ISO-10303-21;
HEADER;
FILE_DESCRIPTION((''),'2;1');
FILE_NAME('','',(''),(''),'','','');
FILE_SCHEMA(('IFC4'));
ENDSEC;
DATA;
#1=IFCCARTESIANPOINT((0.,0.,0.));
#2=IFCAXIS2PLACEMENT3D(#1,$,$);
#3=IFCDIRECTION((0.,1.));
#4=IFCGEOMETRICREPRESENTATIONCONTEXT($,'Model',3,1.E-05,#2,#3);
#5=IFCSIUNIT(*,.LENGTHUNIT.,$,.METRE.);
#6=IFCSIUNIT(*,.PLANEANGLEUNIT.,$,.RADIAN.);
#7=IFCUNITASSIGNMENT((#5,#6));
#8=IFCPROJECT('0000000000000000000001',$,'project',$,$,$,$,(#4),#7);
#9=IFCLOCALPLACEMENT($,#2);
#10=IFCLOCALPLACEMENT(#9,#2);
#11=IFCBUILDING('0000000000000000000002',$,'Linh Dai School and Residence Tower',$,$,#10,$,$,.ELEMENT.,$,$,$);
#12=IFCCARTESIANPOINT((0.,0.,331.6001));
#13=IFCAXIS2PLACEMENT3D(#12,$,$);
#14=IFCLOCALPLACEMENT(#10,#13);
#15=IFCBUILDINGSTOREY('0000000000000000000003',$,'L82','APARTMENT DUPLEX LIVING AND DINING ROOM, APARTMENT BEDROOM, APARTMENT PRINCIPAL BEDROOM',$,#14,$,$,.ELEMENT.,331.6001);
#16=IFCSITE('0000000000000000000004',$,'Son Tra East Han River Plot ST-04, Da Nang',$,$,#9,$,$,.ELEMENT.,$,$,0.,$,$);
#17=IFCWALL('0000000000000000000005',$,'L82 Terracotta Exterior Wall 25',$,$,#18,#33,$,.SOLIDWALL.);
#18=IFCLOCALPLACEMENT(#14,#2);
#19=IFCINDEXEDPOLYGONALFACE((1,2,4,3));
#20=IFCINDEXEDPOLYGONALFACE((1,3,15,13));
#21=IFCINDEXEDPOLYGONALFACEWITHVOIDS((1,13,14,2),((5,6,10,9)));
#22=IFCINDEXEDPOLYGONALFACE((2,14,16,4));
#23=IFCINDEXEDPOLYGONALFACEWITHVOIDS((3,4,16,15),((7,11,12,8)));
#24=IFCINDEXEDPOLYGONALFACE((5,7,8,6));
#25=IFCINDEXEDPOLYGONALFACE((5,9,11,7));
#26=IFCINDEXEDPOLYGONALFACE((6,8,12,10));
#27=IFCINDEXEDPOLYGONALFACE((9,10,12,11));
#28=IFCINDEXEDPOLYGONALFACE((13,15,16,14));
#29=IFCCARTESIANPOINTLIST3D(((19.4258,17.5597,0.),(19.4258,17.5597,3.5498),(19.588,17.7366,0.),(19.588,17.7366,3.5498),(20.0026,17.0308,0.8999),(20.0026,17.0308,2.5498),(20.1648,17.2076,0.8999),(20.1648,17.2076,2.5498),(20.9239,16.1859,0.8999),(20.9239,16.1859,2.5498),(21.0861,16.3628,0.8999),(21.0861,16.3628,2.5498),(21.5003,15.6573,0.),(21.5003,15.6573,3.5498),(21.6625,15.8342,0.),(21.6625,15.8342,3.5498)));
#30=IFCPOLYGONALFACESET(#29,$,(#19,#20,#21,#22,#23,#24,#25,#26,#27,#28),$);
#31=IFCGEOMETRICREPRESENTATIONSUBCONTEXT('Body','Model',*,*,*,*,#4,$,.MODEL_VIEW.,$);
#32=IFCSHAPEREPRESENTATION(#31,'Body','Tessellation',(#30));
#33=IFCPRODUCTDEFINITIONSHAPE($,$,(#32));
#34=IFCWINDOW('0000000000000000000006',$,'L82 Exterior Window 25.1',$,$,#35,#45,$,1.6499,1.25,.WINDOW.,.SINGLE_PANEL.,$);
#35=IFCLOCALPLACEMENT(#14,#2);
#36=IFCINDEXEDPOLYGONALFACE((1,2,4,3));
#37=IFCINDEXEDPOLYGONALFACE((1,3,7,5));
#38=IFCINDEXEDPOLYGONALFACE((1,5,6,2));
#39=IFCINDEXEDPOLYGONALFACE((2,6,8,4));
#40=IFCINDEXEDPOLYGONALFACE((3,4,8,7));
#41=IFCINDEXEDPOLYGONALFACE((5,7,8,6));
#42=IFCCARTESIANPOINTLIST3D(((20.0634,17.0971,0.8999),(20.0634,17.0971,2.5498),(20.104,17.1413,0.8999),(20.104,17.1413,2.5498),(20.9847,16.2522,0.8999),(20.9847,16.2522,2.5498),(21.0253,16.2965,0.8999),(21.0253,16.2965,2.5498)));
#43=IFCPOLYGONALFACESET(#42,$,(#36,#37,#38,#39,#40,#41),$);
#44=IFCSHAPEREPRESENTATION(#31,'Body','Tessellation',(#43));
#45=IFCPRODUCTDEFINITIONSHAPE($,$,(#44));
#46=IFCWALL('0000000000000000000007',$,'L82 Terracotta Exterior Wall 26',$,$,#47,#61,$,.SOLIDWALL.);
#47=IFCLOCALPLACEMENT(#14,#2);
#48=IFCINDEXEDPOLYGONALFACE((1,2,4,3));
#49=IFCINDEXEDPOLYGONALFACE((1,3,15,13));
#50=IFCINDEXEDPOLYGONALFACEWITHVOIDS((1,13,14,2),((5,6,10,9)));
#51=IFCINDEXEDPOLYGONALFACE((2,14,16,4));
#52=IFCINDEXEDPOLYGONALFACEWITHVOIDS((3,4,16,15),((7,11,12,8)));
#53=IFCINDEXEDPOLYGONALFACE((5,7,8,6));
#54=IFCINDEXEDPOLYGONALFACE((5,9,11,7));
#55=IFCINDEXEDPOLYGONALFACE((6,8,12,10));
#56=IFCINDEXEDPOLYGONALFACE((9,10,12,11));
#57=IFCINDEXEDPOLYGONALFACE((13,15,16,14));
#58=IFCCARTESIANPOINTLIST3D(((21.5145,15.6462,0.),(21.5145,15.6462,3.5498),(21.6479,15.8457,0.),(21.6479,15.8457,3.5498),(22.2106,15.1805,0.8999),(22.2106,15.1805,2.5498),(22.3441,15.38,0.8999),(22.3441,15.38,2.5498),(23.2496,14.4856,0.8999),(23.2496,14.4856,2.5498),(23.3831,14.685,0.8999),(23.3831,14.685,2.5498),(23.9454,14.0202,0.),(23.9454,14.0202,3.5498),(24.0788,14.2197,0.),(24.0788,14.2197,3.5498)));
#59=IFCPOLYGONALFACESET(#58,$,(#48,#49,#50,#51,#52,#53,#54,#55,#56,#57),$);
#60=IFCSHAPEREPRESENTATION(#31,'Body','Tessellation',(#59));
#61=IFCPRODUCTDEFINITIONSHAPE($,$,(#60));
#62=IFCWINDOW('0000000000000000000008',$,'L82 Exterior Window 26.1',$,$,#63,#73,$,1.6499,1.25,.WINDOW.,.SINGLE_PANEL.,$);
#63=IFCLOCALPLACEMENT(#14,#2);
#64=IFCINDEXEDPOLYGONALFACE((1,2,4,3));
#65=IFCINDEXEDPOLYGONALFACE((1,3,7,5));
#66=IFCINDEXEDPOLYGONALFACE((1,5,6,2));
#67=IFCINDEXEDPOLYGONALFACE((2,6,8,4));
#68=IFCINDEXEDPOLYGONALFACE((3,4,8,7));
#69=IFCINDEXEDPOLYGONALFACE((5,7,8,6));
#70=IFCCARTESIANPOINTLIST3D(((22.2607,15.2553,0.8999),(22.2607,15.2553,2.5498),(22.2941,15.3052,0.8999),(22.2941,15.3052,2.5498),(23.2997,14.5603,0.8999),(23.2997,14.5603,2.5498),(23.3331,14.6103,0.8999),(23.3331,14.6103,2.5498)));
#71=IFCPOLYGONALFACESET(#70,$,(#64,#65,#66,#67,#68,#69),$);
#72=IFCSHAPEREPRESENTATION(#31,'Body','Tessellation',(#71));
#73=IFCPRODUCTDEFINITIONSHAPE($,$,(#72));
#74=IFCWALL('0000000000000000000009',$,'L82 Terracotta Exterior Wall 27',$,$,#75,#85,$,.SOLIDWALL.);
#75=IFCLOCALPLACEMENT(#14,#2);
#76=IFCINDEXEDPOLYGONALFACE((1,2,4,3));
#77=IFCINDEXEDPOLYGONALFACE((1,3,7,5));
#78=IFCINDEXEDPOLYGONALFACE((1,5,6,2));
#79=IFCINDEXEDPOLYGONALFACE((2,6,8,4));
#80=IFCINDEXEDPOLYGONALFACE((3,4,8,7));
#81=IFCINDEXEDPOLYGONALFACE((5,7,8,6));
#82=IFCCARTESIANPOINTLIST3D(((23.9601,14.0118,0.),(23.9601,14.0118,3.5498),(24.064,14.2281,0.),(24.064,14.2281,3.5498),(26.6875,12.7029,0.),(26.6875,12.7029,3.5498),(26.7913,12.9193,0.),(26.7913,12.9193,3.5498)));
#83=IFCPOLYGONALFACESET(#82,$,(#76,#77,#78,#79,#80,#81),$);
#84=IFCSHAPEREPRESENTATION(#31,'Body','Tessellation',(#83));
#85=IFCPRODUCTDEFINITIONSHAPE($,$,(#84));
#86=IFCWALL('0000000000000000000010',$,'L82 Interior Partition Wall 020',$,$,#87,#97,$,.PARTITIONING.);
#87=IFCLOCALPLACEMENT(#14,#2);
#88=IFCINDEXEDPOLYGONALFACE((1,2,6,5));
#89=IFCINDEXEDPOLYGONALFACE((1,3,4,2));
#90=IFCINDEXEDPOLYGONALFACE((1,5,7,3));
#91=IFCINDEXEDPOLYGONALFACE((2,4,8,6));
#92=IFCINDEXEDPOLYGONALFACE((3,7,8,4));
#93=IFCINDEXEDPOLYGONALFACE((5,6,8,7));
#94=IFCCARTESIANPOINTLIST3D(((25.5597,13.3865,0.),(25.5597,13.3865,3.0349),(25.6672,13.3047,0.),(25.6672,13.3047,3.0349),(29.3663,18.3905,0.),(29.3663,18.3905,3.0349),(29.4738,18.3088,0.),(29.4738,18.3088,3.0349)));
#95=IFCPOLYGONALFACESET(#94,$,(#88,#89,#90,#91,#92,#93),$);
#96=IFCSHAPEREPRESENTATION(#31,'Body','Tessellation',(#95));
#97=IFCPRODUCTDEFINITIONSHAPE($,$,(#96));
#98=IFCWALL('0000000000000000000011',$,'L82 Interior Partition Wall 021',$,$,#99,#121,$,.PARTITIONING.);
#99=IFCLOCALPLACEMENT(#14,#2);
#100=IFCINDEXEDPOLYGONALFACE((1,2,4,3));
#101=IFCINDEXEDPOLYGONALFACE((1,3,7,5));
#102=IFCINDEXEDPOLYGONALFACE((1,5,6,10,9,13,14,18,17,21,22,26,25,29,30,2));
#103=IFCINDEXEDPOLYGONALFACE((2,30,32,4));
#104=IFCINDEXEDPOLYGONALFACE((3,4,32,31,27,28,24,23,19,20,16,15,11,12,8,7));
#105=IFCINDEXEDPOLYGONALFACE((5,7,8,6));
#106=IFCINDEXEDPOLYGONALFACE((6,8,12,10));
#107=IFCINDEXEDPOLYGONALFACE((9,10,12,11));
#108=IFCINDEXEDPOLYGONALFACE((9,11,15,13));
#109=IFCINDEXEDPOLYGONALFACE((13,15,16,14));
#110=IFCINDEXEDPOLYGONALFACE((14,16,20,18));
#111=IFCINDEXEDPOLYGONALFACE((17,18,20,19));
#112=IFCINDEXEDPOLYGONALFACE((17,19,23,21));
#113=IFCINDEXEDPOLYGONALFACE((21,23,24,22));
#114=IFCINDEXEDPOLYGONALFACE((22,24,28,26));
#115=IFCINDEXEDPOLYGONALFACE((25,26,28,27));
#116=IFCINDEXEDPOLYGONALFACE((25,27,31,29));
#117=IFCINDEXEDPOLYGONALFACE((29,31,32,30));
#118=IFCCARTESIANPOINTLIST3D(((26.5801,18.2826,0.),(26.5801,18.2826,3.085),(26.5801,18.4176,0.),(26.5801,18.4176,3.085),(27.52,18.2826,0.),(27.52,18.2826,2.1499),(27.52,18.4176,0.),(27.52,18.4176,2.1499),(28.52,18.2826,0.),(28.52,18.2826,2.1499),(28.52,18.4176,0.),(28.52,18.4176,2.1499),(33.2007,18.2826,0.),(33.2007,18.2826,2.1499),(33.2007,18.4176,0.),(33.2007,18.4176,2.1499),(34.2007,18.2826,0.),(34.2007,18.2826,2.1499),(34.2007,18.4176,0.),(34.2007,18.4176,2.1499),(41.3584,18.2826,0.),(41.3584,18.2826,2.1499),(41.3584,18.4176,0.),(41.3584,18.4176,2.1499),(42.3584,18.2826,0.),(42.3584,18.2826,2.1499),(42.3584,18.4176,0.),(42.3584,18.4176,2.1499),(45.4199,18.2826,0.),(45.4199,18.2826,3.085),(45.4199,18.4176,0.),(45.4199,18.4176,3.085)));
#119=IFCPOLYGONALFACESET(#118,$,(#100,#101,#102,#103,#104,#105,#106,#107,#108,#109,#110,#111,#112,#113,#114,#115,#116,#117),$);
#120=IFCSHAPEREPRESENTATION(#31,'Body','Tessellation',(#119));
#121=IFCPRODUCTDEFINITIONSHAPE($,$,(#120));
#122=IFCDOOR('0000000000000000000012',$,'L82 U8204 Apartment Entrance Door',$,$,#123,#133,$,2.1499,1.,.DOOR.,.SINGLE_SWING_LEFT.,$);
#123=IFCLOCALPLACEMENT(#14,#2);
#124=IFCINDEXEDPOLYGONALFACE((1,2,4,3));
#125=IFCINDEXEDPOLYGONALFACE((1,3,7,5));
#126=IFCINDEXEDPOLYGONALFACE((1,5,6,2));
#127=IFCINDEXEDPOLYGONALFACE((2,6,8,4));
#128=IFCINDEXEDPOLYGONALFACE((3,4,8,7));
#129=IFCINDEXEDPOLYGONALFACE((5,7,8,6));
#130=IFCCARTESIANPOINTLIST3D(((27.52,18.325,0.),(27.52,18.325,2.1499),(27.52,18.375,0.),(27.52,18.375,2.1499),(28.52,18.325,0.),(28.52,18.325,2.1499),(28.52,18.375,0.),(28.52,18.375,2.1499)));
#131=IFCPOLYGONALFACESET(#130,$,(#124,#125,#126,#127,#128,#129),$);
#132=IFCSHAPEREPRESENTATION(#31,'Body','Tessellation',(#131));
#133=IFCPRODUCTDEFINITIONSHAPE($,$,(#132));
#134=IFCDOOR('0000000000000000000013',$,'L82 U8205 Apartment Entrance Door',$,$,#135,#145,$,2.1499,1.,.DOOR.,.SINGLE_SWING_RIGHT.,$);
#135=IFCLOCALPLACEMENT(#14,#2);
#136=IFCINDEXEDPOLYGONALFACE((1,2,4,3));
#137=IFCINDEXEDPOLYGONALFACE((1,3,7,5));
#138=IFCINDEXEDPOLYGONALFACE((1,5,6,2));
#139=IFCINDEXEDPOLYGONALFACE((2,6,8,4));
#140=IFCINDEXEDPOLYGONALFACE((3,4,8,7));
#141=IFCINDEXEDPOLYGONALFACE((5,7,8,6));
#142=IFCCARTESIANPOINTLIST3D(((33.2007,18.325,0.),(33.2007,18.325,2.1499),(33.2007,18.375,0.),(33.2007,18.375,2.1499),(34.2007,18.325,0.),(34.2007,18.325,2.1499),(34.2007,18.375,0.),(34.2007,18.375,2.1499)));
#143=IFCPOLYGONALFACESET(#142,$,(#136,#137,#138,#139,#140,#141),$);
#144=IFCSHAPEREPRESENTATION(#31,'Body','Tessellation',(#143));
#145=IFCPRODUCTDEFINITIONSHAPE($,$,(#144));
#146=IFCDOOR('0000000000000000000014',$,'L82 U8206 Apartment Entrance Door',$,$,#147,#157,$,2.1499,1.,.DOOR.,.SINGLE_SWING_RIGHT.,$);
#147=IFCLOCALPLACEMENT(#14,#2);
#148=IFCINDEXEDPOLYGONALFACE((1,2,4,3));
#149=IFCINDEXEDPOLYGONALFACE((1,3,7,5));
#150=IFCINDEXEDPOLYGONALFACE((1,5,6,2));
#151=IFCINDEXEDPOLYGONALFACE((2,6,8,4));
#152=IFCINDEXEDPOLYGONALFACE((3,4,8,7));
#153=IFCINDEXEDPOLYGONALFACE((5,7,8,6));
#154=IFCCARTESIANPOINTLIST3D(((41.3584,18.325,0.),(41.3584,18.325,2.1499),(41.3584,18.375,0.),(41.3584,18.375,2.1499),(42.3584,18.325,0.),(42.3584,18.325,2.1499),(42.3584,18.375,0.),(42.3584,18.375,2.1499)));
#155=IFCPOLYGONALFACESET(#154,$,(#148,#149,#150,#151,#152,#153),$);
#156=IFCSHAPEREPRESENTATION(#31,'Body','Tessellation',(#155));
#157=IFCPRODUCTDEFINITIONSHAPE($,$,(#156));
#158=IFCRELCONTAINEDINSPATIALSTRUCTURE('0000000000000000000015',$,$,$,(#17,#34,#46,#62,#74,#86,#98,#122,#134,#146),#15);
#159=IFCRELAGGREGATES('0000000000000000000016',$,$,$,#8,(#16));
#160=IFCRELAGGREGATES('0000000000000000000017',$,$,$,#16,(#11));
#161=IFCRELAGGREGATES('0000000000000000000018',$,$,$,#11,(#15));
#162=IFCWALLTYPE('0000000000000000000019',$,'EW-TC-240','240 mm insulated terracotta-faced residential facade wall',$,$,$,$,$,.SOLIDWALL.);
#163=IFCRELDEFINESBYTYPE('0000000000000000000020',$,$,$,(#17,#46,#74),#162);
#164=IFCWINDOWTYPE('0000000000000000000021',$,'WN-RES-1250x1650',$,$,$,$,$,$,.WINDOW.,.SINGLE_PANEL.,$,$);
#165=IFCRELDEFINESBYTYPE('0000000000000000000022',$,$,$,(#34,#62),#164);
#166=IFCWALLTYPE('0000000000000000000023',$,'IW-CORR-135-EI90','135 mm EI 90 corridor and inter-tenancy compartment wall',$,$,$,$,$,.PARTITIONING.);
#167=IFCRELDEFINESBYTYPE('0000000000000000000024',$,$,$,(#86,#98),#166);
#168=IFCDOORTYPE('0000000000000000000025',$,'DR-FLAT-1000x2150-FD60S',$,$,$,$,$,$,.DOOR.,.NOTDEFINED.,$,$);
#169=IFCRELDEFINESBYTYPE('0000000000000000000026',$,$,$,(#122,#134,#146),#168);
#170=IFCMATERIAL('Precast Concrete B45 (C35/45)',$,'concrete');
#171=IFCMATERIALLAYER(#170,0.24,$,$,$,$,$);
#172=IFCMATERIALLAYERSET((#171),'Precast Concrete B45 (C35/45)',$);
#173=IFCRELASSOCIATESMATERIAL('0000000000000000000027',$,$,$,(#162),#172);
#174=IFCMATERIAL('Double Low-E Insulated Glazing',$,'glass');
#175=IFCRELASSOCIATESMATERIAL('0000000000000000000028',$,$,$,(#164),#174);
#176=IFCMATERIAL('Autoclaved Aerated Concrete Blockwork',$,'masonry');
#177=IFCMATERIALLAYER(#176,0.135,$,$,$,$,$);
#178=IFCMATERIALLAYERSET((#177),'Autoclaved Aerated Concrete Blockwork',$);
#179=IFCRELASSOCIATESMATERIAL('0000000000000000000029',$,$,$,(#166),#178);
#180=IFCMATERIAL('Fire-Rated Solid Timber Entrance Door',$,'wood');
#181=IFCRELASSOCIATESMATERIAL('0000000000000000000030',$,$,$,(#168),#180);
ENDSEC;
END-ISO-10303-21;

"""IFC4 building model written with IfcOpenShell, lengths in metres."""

from ifc_helpers import new_model, si_unit, direction, frame, frame_2d, origin, origin_2d, place, context, subcontext, project, spatial, rectangle, extrude, source, transform, mapped, material, layer, layer_set, type_object, element, fill, save


model = new_model("IFC4")

# Units and contexts
model_context = context("Model", 3, precision=1e-05, world=origin(), true_north=direction((0.0, 1.0)))
body_context = subcontext(model_context, "Body", "Model", "MODEL_VIEW")
ifc_project = project(units=[si_unit("LENGTHUNIT", "METRE"), si_unit("PLANEANGLEUNIT", "RADIAN")], contexts=[model_context])

# Site, building, storey
site_placement = place(None, origin())
site = spatial("IfcSite", under=ifc_project, at=site_placement, Name="Son Tra East Han River Plot ST-04, Da Nang", CompositionType="ELEMENT", RefElevation=0.0)
building_placement = place(site_placement, origin())
building = spatial("IfcBuilding", under=site, at=building_placement, Name="Linh Dai School and Residence Tower", CompositionType="ELEMENT")
storey_placement = place(building_placement, frame((0.0, 0.0, 331.6001)))
storey = spatial("IfcBuildingStorey", under=building, at=storey_placement, Name="L82", Description="APARTMENT DUPLEX LIVING AND DINING ROOM, APARTMENT BEDROOM, APARTMENT PRINCIPAL BEDROOM", CompositionType="ELEMENT", Elevation=331.6001)

# Shared definitions
ifc_material_1 = material(Name="Precast Concrete B45 (C35/45)", Category="concrete")

# Shared definitions
ifc_layer_1 = layer(ifc_material_1, 0.24)
ifc_layer_set_1 = layer_set([ifc_layer_1], Name="Precast Concrete B45 (C35/45)")
wall_type_1 = type_object("IfcWallType", Name="EW-TC-240", Description="240 mm insulated terracotta-faced residential facade wall", PredefinedType="SOLIDWALL", material=ifc_layer_set_1)

# Walls, openings, windows
wall_1_placement = place(storey_placement, frame((21.5813, 15.7458, 0.0), z_axis=(0.0, 0.0, 1.0), x_axis=(-0.737021, 0.67587, 0.0)))
wall_1 = element("IfcWall", 1, at=wall_1_placement, inside=storey, type_object=wall_type_1, Name="L82 Terracotta Exterior Wall 25", PredefinedType="SOLIDWALL", context=body_context, shape_type="SweptSolid", body=[
    extrude(rectangle(XDim=2.8147, YDim=0.24, at=frame_2d((1.4072, 0.0))), origin(), (0.0, 0.0, 1.0), 3.5498),
])
opening_1_placement = place(wall_1_placement, frame((0.782, 0.0, 0.8999)))
opening_1 = element("IfcOpeningElement", 2, at=opening_1_placement, cuts=wall_1, PredefinedType="OPENING", context=body_context, shape_type="SweptSolid", body=[
    extrude(rectangle(XDim=1.25, YDim=1.6499, at=origin_2d()), frame((0.625, 0.1299, 0.825), z_axis=(0.0, -1.0, 0.0), x_axis=(1.0, 0.0, 0.0)), (0.0, 0.0, 1.0), 0.26),
])
ifc_material_2 = material(Name="Double Low-E Insulated Glazing", Category="glass")
window_type = type_object("IfcWindowType", Name="WN-RES-1250x1650", PartitioningType="SINGLE_PANEL", PredefinedType="WINDOW", material=ifc_material_2)
shared_shape_1 = source(origin(), body_context, "Body", "SweptSolid", [
    extrude(rectangle(XDim=1.25, YDim=1.6499, at=origin_2d()), frame((0.625, 0.03, 0.825), z_axis=(0.0, -1.0, 0.0), x_axis=(1.0, 0.0, 0.0)), (0.0, 0.0, 1.0), 0.0601),
])
window_1_placement = place(opening_1_placement, origin())
window_1 = element("IfcWindow", 3, at=window_1_placement, inside=storey, type_object=window_type, Name="L82 Exterior Window 25.1", OverallHeight=1.6499, OverallWidth=1.25, PartitioningType="SINGLE_PANEL", PredefinedType="WINDOW", context=body_context, shape_type="MappedRepresentation", body=[
    mapped(shared_shape_1, transform((0.0, 0.0, 0.0), x_axis=(1.0, 0.0, 0.0), y_axis=(0.0, 1.0, 0.0), z_axis=(0.0, 0.0, 1.0), scale=1.0)),
])
fill(opening_1, window_1)
wall_2_placement = place(storey_placement, frame((24.0122, 14.1199, 0.0), z_axis=(0.0, 0.0, 1.0), x_axis=(-0.831202, 0.555971, 0.0)))
wall_2 = element("IfcWall", 4, at=wall_2_placement, inside=storey, type_object=wall_type_1, Name="L82 Terracotta Exterior Wall 26", PredefinedType="SOLIDWALL", context=body_context, shape_type="SweptSolid", body=[
    extrude(rectangle(XDim=2.9246, YDim=0.24, at=frame_2d((1.4624, 0.0))), origin(), (0.0, 0.0, 1.0), 3.5498),
])
opening_2_placement = place(wall_2_placement, frame((0.8372, 0.0, 0.8999)))
opening_2 = element("IfcOpeningElement", 5, at=opening_2_placement, cuts=wall_2, PredefinedType="OPENING", context=body_context, shape_type="SweptSolid", body=[
    extrude(rectangle(XDim=1.25, YDim=1.6499, at=origin_2d()), frame((0.625, 0.1299, 0.825), z_axis=(0.0, -1.0, 0.0), x_axis=(1.0, 0.0, 0.0)), (0.0, 0.0, 1.0), 0.26),
])
window_2_placement = place(opening_2_placement, origin())
window_2 = element("IfcWindow", 6, at=window_2_placement, inside=storey, type_object=window_type, Name="L82 Exterior Window 26.1", OverallHeight=1.6499, OverallWidth=1.25, PartitioningType="SINGLE_PANEL", PredefinedType="WINDOW", context=body_context, shape_type="MappedRepresentation", body=[
    mapped(shared_shape_1, transform((0.0, 0.0, 0.0), x_axis=(1.0, 0.0, 0.0), y_axis=(0.0, 1.0, 0.0), z_axis=(0.0, 0.0, 1.0), scale=1.0)),
])
fill(opening_2, window_2)

# Walls
wall_3_placement = place(storey_placement, frame((26.7395, 12.811, 0.0), z_axis=(0.0, 0.0, 1.0), x_axis=(-0.901557, 0.43266, 0.0)))
element("IfcWall", 7, at=wall_3_placement, inside=storey, type_object=wall_type_1, Name="L82 Terracotta Exterior Wall 27", PredefinedType="SOLIDWALL", context=body_context, shape_type="SweptSolid", body=[
    extrude(rectangle(XDim=3.0251, YDim=0.24, at=frame_2d((1.5127, 0.0))), origin(), (0.0, 0.0, 1.0), 3.5498),
])
ifc_material_3 = material(Name="Autoclaved Aerated Concrete Blockwork", Category="masonry")
ifc_layer_2 = layer(ifc_material_3, 0.135)
ifc_layer_set_2 = layer_set([ifc_layer_2], Name="Autoclaved Aerated Concrete Blockwork")
wall_type_2 = type_object("IfcWallType", Name="IW-CORR-135-EI90", Description="135 mm EI 90 corridor and inter-tenancy compartment wall", PredefinedType="PARTITIONING", material=ifc_layer_set_2)
wall_4_placement = place(storey_placement, frame((25.6135, 13.3457, 0.0), z_axis=(0.0, 0.0, 1.0), x_axis=(0.605435, 0.795895, 0.0)))
element("IfcWall", 8, at=wall_4_placement, inside=storey, type_object=wall_type_2, Name="L82 Interior Partition Wall 020", PredefinedType="PARTITIONING", context=body_context, shape_type="SweptSolid", body=[
    extrude(rectangle(XDim=6.2874, YDim=0.135, at=frame_2d((3.1436, 0.0))), origin(), (0.0, 0.0, 1.0), 3.0349),
])

# Wall, openings, doors
wall_5_placement = place(storey_placement, frame((26.5801, 18.3501, 0.0), z_axis=(0.0, 0.0, 1.0), x_axis=(1.0, 0.0, 0.0)))
wall_5 = element("IfcWall", 9, at=wall_5_placement, inside=storey, type_object=wall_type_2, Name="L82 Interior Partition Wall 021", PredefinedType="PARTITIONING", context=body_context, shape_type="SweptSolid", body=[
    extrude(rectangle(XDim=18.8398, YDim=0.135, at=frame_2d((9.4199, 0.0))), origin(), (0.0, 0.0, 1.0), 3.085),
])
opening_3_placement = place(wall_5_placement, frame((0.9399, 0.0, 0.0)))
opening_3 = element("IfcOpeningElement", 10, at=opening_3_placement, cuts=wall_5, PredefinedType="OPENING", context=body_context, shape_type="SweptSolid", body=[
    extrude(rectangle(XDim=1.0, YDim=2.1499, at=origin_2d()), frame((0.5, 0.0776, 1.075), z_axis=(0.0, -1.0, 0.0), x_axis=(1.0, 0.0, 0.0)), (0.0, 0.0, 1.0), 0.155),
])
opening_4_placement = place(wall_5_placement, frame((6.6206, 0.0, 0.0)))
opening_4 = element("IfcOpeningElement", 11, at=opening_4_placement, cuts=wall_5, PredefinedType="OPENING", context=body_context, shape_type="SweptSolid", body=[
    extrude(rectangle(XDim=1.0, YDim=2.1499, at=origin_2d()), frame((0.5, 0.0776, 1.075), z_axis=(0.0, -1.0, 0.0), x_axis=(1.0, 0.0, 0.0)), (0.0, 0.0, 1.0), 0.155),
])
opening_5_placement = place(wall_5_placement, frame((14.7783, 0.0, 0.0)))
opening_5 = element("IfcOpeningElement", 12, at=opening_5_placement, cuts=wall_5, PredefinedType="OPENING", context=body_context, shape_type="SweptSolid", body=[
    extrude(rectangle(XDim=1.0, YDim=2.1499, at=origin_2d()), frame((0.5, 0.0776, 1.075), z_axis=(0.0, -1.0, 0.0), x_axis=(1.0, 0.0, 0.0)), (0.0, 0.0, 1.0), 0.155),
])
ifc_material_4 = material(Name="Fire-Rated Solid Timber Entrance Door", Category="wood")
door_type = type_object("IfcDoorType", Name="DR-FLAT-1000x2150-FD60S", OperationType="NOTDEFINED", PredefinedType="DOOR", material=ifc_material_4)
shared_shape_2 = source(origin(), body_context, "Body", "SweptSolid", [
    extrude(rectangle(XDim=1.0, YDim=2.1499, at=origin_2d()), frame((0.5, 0.0249, 1.075), z_axis=(0.0, -1.0, 0.0), x_axis=(1.0, 0.0, 0.0)), (0.0, 0.0, 1.0), 0.05),
])
door_1_placement = place(opening_3_placement, origin())
door_1 = element("IfcDoor", 13, at=door_1_placement, inside=storey, type_object=door_type, Name="L82 U8204 Apartment Entrance Door", OperationType="SINGLE_SWING_LEFT", OverallHeight=2.1499, OverallWidth=1.0, PredefinedType="DOOR", context=body_context, shape_type="MappedRepresentation", body=[
    mapped(shared_shape_2, transform((0.0, 0.0, 0.0), x_axis=(1.0, 0.0, 0.0), y_axis=(0.0, 1.0, 0.0), z_axis=(0.0, 0.0, 1.0), scale=1.0)),
])
fill(opening_3, door_1)
door_2_placement = place(opening_4_placement, origin())
door_2 = element("IfcDoor", 14, at=door_2_placement, inside=storey, type_object=door_type, Name="L82 U8205 Apartment Entrance Door", OperationType="SINGLE_SWING_RIGHT", OverallHeight=2.1499, OverallWidth=1.0, PredefinedType="DOOR", context=body_context, shape_type="MappedRepresentation", body=[
    mapped(shared_shape_2, transform((0.0, 0.0, 0.0), x_axis=(1.0, 0.0, 0.0), y_axis=(0.0, 1.0, 0.0), z_axis=(0.0, 0.0, 1.0), scale=1.0)),
])
fill(opening_4, door_2)
door_3_placement = place(opening_5_placement, origin())
door_3 = element("IfcDoor", 15, at=door_3_placement, inside=storey, type_object=door_type, Name="L82 U8206 Apartment Entrance Door", OperationType="SINGLE_SWING_RIGHT", OverallHeight=2.1499, OverallWidth=1.0, PredefinedType="DOOR", context=body_context, shape_type="MappedRepresentation", body=[
    mapped(shared_shape_2, transform((0.0, 0.0, 0.0), x_axis=(1.0, 0.0, 0.0), y_axis=(0.0, 1.0, 0.0), z_axis=(0.0, 0.0, 1.0), scale=1.0)),
])
fill(opening_5, door_3)

save(model, "model.ifc")
